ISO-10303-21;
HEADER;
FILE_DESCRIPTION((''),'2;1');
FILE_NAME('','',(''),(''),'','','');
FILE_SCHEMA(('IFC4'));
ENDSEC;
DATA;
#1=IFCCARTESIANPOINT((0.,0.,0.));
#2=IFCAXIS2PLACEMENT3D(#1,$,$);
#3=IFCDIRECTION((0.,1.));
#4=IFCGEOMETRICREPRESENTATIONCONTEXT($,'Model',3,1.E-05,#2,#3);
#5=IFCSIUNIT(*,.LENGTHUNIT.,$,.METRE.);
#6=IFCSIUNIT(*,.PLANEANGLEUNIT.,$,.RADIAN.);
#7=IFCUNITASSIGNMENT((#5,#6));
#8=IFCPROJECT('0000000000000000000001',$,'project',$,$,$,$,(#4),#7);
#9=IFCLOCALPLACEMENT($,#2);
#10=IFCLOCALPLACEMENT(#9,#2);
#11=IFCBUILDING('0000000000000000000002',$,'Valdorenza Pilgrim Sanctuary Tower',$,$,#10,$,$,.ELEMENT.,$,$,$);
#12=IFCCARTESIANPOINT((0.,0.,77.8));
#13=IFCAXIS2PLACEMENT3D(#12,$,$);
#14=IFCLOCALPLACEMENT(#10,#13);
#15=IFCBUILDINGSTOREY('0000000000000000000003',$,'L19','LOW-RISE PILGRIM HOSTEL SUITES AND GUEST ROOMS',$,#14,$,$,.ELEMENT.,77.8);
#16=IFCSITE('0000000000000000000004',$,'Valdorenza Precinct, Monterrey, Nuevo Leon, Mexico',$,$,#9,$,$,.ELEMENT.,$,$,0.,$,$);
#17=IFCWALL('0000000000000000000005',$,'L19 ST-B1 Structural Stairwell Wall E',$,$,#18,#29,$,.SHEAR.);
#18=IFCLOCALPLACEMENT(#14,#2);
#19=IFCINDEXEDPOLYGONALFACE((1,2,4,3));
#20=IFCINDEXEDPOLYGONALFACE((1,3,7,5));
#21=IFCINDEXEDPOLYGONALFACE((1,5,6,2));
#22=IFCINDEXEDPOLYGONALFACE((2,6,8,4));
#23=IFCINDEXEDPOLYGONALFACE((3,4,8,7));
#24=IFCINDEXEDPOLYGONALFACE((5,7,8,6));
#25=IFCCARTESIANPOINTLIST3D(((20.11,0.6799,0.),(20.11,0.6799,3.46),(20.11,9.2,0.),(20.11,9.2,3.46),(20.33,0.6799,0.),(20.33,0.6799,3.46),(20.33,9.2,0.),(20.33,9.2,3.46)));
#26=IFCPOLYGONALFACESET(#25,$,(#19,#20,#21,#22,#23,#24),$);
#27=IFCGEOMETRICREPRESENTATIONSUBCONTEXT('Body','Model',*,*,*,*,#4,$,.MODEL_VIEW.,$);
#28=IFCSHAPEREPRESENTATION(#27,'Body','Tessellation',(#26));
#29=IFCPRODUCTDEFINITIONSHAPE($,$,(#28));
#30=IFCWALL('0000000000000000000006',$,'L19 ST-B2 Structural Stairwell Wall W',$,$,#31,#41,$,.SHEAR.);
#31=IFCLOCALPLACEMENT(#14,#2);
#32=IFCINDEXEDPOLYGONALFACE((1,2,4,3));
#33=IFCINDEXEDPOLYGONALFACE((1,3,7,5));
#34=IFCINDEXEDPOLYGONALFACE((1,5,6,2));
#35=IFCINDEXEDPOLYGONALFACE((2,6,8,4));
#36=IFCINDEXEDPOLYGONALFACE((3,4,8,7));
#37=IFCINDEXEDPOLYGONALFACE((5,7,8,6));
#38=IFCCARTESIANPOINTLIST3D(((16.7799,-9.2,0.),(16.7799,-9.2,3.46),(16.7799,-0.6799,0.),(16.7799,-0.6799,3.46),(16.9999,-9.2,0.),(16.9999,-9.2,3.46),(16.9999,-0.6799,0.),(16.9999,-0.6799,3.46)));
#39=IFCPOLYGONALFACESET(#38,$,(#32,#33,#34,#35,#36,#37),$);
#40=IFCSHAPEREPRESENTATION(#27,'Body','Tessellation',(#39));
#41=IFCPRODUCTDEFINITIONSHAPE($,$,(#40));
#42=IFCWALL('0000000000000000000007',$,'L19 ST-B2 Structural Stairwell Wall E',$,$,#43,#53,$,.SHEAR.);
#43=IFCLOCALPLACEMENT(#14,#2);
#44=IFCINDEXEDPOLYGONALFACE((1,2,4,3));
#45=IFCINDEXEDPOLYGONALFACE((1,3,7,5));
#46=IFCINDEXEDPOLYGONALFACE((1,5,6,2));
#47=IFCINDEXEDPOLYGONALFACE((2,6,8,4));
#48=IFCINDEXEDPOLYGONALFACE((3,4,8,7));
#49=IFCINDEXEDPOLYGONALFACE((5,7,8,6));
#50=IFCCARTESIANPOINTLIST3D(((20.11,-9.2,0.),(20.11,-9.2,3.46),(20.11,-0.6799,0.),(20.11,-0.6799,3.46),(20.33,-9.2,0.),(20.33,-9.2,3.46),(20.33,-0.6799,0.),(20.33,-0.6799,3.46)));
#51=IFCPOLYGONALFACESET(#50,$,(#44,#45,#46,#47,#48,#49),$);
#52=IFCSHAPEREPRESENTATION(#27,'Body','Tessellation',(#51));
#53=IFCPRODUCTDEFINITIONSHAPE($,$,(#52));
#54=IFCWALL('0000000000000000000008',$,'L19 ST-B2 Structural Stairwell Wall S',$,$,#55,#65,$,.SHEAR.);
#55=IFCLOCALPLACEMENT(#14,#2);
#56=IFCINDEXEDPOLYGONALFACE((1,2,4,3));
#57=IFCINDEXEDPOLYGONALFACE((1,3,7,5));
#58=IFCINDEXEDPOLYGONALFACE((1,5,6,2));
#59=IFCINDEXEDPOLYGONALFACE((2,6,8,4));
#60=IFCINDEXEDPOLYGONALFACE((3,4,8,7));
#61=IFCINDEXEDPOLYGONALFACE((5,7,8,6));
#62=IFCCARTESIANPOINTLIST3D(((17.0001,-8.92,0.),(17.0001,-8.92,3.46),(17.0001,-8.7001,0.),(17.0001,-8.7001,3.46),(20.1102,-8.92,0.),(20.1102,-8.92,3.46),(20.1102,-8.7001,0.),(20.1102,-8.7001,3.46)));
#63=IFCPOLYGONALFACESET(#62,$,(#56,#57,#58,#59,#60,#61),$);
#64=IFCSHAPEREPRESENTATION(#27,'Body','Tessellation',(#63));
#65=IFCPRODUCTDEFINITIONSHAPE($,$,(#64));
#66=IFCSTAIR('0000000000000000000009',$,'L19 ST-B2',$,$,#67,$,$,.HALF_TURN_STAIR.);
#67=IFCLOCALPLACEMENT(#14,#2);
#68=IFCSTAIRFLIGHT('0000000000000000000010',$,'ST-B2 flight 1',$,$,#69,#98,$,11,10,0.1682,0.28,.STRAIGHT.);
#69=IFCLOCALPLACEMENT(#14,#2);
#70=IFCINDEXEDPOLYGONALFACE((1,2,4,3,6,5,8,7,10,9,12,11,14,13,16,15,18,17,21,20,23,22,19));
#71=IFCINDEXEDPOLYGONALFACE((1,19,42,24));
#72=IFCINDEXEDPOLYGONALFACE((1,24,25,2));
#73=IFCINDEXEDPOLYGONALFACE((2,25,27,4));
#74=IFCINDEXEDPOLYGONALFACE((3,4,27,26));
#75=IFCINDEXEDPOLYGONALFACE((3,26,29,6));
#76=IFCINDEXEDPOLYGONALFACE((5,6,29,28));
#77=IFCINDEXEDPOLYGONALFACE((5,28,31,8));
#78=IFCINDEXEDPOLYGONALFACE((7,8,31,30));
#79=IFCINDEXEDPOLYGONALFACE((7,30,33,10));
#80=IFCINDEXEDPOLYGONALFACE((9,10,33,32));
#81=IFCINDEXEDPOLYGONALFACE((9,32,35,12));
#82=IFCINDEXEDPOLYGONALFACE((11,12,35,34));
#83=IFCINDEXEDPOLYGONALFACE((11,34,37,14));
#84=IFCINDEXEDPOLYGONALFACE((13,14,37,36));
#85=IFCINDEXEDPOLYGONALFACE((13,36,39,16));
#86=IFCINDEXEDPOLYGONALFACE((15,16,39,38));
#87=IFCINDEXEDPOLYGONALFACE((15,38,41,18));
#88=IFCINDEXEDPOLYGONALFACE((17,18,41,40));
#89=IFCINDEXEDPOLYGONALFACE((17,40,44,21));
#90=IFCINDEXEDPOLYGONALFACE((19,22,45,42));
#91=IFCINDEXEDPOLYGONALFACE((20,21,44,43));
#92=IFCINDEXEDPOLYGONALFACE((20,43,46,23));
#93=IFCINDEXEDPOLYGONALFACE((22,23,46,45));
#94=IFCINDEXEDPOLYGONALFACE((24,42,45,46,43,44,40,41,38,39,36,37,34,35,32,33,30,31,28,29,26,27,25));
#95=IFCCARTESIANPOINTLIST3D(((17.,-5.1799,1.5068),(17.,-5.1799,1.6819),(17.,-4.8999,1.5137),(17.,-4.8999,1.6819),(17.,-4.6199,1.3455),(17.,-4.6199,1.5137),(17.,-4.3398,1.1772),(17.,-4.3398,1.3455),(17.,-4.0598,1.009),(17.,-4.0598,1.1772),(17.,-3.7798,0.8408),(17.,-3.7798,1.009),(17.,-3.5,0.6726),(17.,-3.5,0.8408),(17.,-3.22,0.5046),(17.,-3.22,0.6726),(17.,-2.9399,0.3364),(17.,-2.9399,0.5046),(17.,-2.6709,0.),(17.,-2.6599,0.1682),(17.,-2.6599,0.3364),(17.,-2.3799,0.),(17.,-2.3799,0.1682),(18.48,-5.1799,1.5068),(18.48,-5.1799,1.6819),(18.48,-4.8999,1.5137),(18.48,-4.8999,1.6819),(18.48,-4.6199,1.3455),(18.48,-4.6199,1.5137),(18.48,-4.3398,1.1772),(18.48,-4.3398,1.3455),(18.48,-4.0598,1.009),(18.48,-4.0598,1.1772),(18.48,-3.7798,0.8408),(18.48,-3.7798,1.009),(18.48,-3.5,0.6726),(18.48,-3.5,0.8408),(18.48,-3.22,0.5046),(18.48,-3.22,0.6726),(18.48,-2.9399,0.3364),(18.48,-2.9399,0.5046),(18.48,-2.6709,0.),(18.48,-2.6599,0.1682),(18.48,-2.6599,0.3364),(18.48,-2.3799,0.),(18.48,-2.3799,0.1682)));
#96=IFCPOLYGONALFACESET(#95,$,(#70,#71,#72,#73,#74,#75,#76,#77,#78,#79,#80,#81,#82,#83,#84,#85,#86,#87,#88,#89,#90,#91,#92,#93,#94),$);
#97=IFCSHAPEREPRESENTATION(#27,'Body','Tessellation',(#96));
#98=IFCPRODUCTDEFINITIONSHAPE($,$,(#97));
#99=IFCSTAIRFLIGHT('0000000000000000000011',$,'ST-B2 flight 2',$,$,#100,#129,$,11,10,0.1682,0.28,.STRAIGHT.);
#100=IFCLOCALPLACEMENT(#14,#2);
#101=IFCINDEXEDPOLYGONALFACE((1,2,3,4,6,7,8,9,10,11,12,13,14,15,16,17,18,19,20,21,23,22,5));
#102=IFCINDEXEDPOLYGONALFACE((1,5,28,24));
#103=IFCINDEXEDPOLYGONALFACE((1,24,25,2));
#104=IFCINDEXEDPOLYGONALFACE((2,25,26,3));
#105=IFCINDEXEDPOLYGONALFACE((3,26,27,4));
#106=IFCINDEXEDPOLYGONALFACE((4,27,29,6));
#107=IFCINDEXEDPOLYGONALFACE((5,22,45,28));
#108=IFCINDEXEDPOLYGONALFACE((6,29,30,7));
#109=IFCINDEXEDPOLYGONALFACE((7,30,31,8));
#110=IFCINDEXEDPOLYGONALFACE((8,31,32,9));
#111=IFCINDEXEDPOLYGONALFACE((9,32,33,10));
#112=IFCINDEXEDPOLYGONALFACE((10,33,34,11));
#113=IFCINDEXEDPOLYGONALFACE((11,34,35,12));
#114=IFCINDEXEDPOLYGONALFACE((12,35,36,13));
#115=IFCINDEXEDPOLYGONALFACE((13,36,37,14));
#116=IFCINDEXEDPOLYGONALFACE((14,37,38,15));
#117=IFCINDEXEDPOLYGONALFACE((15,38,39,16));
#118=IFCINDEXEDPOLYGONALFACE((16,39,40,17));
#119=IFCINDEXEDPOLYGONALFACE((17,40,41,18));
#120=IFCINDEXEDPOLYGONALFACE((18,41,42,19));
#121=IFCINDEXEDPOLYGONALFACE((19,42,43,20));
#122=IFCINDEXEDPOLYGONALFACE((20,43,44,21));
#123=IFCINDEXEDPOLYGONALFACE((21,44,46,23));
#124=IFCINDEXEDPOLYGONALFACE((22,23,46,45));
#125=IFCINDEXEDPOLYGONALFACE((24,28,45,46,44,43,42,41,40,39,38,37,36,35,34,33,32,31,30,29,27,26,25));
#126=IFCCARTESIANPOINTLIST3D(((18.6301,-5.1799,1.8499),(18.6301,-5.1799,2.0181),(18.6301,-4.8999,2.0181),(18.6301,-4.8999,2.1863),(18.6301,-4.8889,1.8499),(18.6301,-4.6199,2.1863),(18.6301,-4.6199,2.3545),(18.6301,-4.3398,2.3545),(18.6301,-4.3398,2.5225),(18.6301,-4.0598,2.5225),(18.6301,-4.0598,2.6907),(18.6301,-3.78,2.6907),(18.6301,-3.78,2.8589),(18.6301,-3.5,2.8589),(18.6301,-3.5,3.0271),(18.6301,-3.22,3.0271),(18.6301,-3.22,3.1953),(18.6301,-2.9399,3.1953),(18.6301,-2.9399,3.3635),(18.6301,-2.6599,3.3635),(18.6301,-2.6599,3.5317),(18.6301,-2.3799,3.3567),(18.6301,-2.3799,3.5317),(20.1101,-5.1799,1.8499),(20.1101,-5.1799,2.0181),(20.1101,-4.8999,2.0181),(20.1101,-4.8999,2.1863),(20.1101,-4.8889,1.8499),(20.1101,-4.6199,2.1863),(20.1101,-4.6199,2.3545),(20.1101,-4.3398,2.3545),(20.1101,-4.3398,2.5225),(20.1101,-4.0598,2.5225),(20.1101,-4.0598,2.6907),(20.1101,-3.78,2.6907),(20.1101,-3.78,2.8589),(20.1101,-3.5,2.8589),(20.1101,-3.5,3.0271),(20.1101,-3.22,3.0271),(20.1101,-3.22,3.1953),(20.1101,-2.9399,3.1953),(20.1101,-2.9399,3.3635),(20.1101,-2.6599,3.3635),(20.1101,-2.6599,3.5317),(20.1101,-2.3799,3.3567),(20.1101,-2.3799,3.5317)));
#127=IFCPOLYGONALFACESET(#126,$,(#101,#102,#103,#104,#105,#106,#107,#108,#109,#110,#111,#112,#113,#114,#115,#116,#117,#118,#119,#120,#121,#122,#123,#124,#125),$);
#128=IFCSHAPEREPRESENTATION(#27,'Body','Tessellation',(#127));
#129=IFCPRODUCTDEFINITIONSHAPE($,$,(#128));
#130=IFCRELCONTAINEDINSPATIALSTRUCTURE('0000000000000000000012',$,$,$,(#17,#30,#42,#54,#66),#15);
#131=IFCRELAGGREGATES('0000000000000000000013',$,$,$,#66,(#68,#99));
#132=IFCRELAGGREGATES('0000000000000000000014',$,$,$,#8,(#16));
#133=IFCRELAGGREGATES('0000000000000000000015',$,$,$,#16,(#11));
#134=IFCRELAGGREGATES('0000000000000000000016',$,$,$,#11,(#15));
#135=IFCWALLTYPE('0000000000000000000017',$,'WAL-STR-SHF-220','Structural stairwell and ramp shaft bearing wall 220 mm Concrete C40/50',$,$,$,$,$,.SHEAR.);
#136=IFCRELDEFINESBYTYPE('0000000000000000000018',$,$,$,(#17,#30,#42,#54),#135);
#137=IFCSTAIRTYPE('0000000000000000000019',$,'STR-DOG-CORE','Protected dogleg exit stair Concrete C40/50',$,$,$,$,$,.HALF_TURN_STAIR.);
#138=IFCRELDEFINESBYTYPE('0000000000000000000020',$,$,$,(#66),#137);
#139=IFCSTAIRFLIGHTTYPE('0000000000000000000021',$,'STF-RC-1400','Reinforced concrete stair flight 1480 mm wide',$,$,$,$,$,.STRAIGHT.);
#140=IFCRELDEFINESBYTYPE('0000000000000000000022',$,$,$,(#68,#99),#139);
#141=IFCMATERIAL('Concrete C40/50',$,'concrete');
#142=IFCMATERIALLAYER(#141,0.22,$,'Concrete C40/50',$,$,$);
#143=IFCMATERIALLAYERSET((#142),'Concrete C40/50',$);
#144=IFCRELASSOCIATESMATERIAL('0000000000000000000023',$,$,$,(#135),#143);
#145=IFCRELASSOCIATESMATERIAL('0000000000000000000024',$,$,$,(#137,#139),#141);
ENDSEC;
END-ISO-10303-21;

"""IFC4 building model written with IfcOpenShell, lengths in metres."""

from ifc_helpers import new_model, si_unit, direction, frame, frame_2d, origin, place, context, subcontext, project, spatial, polyline, rectangle, outline, extrude, material, layer, layer_set, type_object, element, aggregate, save


model = new_model("IFC4")

# Units and contexts
model_context = context("Model", 3, precision=1e-05, world=origin(), true_north=direction((0.0, 1.0)))
body_context = subcontext(model_context, "Body", "Model", "MODEL_VIEW")
ifc_project = project(units=[si_unit("LENGTHUNIT", "METRE"), si_unit("PLANEANGLEUNIT", "RADIAN")], contexts=[model_context])

# Site, building, storey
site_placement = place(None, origin())
site = spatial("IfcSite", under=ifc_project, at=site_placement, Name="Valdorenza Precinct, Monterrey, Nuevo Leon, Mexico", CompositionType="ELEMENT", RefElevation=0.0)
building_placement = place(site_placement, origin())
building = spatial("IfcBuilding", under=site, at=building_placement, Name="Valdorenza Pilgrim Sanctuary Tower", CompositionType="ELEMENT")
storey_placement = place(building_placement, frame((0.0, 0.0, 77.8)))
storey = spatial("IfcBuildingStorey", under=building, at=storey_placement, Name="L19", Description="LOW-RISE PILGRIM HOSTEL SUITES AND GUEST ROOMS", CompositionType="ELEMENT", Elevation=77.8)

# Walls
ifc_material_1 = material(Name="Concrete C40/50", Category="concrete")
ifc_layer_1 = layer(ifc_material_1, 0.22, Name="Concrete C40/50")
ifc_layer_set_1 = layer_set([ifc_layer_1], Name="Concrete C40/50")
wall_type_1 = type_object("IfcWallType", Name="WAL-STR-SHF-220", Description="Structural stairwell and ramp shaft bearing wall 220 mm Concrete C40/50", PredefinedType="SHEAR", material=ifc_layer_set_1)
for number, where, z_axis, x_axis, name in (
    (1, (20.22, 0.6799, 0.0), (0.0, 0.0, 1.0), (0.0, 1.0, 0.0), "L19 ST-B1 Structural Stairwell Wall E"),
    (2, (16.8899, -9.2, 0.0), (0.0, 0.0, 1.0), (0.0, 1.0, 0.0), "L19 ST-B2 Structural Stairwell Wall W"),
    (3, (20.22, -9.2, 0.0), (0.0, 0.0, 1.0), (0.0, 1.0, 0.0), "L19 ST-B2 Structural Stairwell Wall E"),
):
    element("IfcWall", number, at=place(storey_placement, frame(where, z_axis=z_axis, x_axis=x_axis)), inside=storey, type_object=wall_type_1, Name=name, PredefinedType="SHEAR", context=body_context, shape_type="SweptSolid", body=[
        extrude(rectangle(XDim=8.52, YDim=0.22, at=frame_2d((4.26, 0.0))), origin(), (0.0, 0.0, 1.0), 3.46),
    ])
wall_1_placement = place(storey_placement, frame((17.0, -8.8101, 0.0), z_axis=(0.0, 0.0, 1.0), x_axis=(1.0, 0.0, 0.0)))
element("IfcWall", 4, at=wall_1_placement, inside=storey, type_object=wall_type_1, Name="L19 ST-B2 Structural Stairwell Wall S", PredefinedType="SHEAR", context=body_context, shape_type="SweptSolid", body=[
    extrude(rectangle(XDim=3.1101, YDim=0.22, at=frame_2d((1.5552, 0.0))), origin(), (0.0, 0.0, 1.0), 3.46),
])

# Stair, stair flights
stair_type = type_object("IfcStairType", Name="STR-DOG-CORE", Description="Protected dogleg exit stair Concrete C40/50", PredefinedType="HALF_TURN_STAIR", material=ifc_material_1)
stair_placement = place(storey_placement, origin())
stair = element("IfcStair", 5, at=stair_placement, inside=storey, type_object=stair_type, Name="L19 ST-B2", PredefinedType="HALF_TURN_STAIR")
stair_flight_type = type_object("IfcStairFlightType", Name="STF-RC-1400", Description="Reinforced concrete stair flight 1480 mm wide", PredefinedType="STRAIGHT", material=ifc_material_1)
stair_flight_1_placement = place(storey_placement, frame((17.74, -2.3799, 0.0), z_axis=(0.0, 0.0, 1.0), x_axis=(0.0, -1.0, 0.0)))
stair_flight_1 = element("IfcStairFlight", 6, at=stair_flight_1_placement, type_object=stair_flight_type, Name="ST-B2 flight 1", NumberOfRisers=11, NumberOfTreads=10, PredefinedType="STRAIGHT", RiserHeight=0.1682, TreadLength=0.28, context=body_context, shape_type="SweptSolid", body=[
    extrude(outline(polyline([(0.0, 0.0), (0.0, 0.1682), (0.28, 0.1682), (0.28, 0.3364), (0.5601, 0.3364), (0.5601, 0.5046), (0.8401, 0.5046), (0.8401, 0.6726), (1.1201, 0.6726), (1.1201, 0.8408), (1.3999, 0.8408), (1.3999, 1.009), (1.6799, 1.009), (1.6799, 1.1772), (1.96, 1.1772), (1.96, 1.3455), (2.24, 1.3455), (2.24, 1.5137), (2.52, 1.5137), (2.52, 1.6819), (2.8, 1.6819), (2.8, 1.8501), (2.8, 1.5068), (0.291, 0.0), (0.0, 0.0)])), frame((0.0, 0.74, 0.0), z_axis=(0.0, -1.0, 0.0), x_axis=(1.0, 0.0, 0.0)), (0.0, 0.0, 1.0), 1.48),
])
stair_flight_2_placement = place(storey_placement, frame((19.3701, -5.1799, 1.8499), z_axis=(0.0, 0.0, 1.0), x_axis=(0.0, 1.0, 0.0)))
stair_flight_2 = element("IfcStairFlight", 7, at=stair_flight_2_placement, type_object=stair_flight_type, Name="ST-B2 flight 2", NumberOfRisers=11, NumberOfTreads=10, PredefinedType="STRAIGHT", RiserHeight=0.1682, TreadLength=0.28, context=body_context, shape_type="SweptSolid", body=[
    extrude(outline(polyline([(0.0, 0.0), (0.0, 0.1682), (0.28, 0.1682), (0.28, 0.3364), (0.5601, 0.3364), (0.5601, 0.5046), (0.8401, 0.5046), (0.8401, 0.6726), (1.1201, 0.6726), (1.1201, 0.8408), (1.3999, 0.8408), (1.3999, 1.009), (1.6799, 1.009), (1.6799, 1.1772), (1.96, 1.1772), (1.96, 1.3455), (2.24, 1.3455), (2.24, 1.5137), (2.52, 1.5137), (2.52, 1.6819), (2.8, 1.6819), (2.8, 1.8501), (2.8, 1.5068), (0.291, 0.0), (0.0, 0.0)])), frame((0.0, 0.74, 0.0), z_axis=(0.0, -1.0, 0.0), x_axis=(1.0, 0.0, 0.0)), (0.0, 0.0, 1.0), 1.48),
])
aggregate(stair, [stair_flight_1, stair_flight_2])

save(model, "model.ifc")
